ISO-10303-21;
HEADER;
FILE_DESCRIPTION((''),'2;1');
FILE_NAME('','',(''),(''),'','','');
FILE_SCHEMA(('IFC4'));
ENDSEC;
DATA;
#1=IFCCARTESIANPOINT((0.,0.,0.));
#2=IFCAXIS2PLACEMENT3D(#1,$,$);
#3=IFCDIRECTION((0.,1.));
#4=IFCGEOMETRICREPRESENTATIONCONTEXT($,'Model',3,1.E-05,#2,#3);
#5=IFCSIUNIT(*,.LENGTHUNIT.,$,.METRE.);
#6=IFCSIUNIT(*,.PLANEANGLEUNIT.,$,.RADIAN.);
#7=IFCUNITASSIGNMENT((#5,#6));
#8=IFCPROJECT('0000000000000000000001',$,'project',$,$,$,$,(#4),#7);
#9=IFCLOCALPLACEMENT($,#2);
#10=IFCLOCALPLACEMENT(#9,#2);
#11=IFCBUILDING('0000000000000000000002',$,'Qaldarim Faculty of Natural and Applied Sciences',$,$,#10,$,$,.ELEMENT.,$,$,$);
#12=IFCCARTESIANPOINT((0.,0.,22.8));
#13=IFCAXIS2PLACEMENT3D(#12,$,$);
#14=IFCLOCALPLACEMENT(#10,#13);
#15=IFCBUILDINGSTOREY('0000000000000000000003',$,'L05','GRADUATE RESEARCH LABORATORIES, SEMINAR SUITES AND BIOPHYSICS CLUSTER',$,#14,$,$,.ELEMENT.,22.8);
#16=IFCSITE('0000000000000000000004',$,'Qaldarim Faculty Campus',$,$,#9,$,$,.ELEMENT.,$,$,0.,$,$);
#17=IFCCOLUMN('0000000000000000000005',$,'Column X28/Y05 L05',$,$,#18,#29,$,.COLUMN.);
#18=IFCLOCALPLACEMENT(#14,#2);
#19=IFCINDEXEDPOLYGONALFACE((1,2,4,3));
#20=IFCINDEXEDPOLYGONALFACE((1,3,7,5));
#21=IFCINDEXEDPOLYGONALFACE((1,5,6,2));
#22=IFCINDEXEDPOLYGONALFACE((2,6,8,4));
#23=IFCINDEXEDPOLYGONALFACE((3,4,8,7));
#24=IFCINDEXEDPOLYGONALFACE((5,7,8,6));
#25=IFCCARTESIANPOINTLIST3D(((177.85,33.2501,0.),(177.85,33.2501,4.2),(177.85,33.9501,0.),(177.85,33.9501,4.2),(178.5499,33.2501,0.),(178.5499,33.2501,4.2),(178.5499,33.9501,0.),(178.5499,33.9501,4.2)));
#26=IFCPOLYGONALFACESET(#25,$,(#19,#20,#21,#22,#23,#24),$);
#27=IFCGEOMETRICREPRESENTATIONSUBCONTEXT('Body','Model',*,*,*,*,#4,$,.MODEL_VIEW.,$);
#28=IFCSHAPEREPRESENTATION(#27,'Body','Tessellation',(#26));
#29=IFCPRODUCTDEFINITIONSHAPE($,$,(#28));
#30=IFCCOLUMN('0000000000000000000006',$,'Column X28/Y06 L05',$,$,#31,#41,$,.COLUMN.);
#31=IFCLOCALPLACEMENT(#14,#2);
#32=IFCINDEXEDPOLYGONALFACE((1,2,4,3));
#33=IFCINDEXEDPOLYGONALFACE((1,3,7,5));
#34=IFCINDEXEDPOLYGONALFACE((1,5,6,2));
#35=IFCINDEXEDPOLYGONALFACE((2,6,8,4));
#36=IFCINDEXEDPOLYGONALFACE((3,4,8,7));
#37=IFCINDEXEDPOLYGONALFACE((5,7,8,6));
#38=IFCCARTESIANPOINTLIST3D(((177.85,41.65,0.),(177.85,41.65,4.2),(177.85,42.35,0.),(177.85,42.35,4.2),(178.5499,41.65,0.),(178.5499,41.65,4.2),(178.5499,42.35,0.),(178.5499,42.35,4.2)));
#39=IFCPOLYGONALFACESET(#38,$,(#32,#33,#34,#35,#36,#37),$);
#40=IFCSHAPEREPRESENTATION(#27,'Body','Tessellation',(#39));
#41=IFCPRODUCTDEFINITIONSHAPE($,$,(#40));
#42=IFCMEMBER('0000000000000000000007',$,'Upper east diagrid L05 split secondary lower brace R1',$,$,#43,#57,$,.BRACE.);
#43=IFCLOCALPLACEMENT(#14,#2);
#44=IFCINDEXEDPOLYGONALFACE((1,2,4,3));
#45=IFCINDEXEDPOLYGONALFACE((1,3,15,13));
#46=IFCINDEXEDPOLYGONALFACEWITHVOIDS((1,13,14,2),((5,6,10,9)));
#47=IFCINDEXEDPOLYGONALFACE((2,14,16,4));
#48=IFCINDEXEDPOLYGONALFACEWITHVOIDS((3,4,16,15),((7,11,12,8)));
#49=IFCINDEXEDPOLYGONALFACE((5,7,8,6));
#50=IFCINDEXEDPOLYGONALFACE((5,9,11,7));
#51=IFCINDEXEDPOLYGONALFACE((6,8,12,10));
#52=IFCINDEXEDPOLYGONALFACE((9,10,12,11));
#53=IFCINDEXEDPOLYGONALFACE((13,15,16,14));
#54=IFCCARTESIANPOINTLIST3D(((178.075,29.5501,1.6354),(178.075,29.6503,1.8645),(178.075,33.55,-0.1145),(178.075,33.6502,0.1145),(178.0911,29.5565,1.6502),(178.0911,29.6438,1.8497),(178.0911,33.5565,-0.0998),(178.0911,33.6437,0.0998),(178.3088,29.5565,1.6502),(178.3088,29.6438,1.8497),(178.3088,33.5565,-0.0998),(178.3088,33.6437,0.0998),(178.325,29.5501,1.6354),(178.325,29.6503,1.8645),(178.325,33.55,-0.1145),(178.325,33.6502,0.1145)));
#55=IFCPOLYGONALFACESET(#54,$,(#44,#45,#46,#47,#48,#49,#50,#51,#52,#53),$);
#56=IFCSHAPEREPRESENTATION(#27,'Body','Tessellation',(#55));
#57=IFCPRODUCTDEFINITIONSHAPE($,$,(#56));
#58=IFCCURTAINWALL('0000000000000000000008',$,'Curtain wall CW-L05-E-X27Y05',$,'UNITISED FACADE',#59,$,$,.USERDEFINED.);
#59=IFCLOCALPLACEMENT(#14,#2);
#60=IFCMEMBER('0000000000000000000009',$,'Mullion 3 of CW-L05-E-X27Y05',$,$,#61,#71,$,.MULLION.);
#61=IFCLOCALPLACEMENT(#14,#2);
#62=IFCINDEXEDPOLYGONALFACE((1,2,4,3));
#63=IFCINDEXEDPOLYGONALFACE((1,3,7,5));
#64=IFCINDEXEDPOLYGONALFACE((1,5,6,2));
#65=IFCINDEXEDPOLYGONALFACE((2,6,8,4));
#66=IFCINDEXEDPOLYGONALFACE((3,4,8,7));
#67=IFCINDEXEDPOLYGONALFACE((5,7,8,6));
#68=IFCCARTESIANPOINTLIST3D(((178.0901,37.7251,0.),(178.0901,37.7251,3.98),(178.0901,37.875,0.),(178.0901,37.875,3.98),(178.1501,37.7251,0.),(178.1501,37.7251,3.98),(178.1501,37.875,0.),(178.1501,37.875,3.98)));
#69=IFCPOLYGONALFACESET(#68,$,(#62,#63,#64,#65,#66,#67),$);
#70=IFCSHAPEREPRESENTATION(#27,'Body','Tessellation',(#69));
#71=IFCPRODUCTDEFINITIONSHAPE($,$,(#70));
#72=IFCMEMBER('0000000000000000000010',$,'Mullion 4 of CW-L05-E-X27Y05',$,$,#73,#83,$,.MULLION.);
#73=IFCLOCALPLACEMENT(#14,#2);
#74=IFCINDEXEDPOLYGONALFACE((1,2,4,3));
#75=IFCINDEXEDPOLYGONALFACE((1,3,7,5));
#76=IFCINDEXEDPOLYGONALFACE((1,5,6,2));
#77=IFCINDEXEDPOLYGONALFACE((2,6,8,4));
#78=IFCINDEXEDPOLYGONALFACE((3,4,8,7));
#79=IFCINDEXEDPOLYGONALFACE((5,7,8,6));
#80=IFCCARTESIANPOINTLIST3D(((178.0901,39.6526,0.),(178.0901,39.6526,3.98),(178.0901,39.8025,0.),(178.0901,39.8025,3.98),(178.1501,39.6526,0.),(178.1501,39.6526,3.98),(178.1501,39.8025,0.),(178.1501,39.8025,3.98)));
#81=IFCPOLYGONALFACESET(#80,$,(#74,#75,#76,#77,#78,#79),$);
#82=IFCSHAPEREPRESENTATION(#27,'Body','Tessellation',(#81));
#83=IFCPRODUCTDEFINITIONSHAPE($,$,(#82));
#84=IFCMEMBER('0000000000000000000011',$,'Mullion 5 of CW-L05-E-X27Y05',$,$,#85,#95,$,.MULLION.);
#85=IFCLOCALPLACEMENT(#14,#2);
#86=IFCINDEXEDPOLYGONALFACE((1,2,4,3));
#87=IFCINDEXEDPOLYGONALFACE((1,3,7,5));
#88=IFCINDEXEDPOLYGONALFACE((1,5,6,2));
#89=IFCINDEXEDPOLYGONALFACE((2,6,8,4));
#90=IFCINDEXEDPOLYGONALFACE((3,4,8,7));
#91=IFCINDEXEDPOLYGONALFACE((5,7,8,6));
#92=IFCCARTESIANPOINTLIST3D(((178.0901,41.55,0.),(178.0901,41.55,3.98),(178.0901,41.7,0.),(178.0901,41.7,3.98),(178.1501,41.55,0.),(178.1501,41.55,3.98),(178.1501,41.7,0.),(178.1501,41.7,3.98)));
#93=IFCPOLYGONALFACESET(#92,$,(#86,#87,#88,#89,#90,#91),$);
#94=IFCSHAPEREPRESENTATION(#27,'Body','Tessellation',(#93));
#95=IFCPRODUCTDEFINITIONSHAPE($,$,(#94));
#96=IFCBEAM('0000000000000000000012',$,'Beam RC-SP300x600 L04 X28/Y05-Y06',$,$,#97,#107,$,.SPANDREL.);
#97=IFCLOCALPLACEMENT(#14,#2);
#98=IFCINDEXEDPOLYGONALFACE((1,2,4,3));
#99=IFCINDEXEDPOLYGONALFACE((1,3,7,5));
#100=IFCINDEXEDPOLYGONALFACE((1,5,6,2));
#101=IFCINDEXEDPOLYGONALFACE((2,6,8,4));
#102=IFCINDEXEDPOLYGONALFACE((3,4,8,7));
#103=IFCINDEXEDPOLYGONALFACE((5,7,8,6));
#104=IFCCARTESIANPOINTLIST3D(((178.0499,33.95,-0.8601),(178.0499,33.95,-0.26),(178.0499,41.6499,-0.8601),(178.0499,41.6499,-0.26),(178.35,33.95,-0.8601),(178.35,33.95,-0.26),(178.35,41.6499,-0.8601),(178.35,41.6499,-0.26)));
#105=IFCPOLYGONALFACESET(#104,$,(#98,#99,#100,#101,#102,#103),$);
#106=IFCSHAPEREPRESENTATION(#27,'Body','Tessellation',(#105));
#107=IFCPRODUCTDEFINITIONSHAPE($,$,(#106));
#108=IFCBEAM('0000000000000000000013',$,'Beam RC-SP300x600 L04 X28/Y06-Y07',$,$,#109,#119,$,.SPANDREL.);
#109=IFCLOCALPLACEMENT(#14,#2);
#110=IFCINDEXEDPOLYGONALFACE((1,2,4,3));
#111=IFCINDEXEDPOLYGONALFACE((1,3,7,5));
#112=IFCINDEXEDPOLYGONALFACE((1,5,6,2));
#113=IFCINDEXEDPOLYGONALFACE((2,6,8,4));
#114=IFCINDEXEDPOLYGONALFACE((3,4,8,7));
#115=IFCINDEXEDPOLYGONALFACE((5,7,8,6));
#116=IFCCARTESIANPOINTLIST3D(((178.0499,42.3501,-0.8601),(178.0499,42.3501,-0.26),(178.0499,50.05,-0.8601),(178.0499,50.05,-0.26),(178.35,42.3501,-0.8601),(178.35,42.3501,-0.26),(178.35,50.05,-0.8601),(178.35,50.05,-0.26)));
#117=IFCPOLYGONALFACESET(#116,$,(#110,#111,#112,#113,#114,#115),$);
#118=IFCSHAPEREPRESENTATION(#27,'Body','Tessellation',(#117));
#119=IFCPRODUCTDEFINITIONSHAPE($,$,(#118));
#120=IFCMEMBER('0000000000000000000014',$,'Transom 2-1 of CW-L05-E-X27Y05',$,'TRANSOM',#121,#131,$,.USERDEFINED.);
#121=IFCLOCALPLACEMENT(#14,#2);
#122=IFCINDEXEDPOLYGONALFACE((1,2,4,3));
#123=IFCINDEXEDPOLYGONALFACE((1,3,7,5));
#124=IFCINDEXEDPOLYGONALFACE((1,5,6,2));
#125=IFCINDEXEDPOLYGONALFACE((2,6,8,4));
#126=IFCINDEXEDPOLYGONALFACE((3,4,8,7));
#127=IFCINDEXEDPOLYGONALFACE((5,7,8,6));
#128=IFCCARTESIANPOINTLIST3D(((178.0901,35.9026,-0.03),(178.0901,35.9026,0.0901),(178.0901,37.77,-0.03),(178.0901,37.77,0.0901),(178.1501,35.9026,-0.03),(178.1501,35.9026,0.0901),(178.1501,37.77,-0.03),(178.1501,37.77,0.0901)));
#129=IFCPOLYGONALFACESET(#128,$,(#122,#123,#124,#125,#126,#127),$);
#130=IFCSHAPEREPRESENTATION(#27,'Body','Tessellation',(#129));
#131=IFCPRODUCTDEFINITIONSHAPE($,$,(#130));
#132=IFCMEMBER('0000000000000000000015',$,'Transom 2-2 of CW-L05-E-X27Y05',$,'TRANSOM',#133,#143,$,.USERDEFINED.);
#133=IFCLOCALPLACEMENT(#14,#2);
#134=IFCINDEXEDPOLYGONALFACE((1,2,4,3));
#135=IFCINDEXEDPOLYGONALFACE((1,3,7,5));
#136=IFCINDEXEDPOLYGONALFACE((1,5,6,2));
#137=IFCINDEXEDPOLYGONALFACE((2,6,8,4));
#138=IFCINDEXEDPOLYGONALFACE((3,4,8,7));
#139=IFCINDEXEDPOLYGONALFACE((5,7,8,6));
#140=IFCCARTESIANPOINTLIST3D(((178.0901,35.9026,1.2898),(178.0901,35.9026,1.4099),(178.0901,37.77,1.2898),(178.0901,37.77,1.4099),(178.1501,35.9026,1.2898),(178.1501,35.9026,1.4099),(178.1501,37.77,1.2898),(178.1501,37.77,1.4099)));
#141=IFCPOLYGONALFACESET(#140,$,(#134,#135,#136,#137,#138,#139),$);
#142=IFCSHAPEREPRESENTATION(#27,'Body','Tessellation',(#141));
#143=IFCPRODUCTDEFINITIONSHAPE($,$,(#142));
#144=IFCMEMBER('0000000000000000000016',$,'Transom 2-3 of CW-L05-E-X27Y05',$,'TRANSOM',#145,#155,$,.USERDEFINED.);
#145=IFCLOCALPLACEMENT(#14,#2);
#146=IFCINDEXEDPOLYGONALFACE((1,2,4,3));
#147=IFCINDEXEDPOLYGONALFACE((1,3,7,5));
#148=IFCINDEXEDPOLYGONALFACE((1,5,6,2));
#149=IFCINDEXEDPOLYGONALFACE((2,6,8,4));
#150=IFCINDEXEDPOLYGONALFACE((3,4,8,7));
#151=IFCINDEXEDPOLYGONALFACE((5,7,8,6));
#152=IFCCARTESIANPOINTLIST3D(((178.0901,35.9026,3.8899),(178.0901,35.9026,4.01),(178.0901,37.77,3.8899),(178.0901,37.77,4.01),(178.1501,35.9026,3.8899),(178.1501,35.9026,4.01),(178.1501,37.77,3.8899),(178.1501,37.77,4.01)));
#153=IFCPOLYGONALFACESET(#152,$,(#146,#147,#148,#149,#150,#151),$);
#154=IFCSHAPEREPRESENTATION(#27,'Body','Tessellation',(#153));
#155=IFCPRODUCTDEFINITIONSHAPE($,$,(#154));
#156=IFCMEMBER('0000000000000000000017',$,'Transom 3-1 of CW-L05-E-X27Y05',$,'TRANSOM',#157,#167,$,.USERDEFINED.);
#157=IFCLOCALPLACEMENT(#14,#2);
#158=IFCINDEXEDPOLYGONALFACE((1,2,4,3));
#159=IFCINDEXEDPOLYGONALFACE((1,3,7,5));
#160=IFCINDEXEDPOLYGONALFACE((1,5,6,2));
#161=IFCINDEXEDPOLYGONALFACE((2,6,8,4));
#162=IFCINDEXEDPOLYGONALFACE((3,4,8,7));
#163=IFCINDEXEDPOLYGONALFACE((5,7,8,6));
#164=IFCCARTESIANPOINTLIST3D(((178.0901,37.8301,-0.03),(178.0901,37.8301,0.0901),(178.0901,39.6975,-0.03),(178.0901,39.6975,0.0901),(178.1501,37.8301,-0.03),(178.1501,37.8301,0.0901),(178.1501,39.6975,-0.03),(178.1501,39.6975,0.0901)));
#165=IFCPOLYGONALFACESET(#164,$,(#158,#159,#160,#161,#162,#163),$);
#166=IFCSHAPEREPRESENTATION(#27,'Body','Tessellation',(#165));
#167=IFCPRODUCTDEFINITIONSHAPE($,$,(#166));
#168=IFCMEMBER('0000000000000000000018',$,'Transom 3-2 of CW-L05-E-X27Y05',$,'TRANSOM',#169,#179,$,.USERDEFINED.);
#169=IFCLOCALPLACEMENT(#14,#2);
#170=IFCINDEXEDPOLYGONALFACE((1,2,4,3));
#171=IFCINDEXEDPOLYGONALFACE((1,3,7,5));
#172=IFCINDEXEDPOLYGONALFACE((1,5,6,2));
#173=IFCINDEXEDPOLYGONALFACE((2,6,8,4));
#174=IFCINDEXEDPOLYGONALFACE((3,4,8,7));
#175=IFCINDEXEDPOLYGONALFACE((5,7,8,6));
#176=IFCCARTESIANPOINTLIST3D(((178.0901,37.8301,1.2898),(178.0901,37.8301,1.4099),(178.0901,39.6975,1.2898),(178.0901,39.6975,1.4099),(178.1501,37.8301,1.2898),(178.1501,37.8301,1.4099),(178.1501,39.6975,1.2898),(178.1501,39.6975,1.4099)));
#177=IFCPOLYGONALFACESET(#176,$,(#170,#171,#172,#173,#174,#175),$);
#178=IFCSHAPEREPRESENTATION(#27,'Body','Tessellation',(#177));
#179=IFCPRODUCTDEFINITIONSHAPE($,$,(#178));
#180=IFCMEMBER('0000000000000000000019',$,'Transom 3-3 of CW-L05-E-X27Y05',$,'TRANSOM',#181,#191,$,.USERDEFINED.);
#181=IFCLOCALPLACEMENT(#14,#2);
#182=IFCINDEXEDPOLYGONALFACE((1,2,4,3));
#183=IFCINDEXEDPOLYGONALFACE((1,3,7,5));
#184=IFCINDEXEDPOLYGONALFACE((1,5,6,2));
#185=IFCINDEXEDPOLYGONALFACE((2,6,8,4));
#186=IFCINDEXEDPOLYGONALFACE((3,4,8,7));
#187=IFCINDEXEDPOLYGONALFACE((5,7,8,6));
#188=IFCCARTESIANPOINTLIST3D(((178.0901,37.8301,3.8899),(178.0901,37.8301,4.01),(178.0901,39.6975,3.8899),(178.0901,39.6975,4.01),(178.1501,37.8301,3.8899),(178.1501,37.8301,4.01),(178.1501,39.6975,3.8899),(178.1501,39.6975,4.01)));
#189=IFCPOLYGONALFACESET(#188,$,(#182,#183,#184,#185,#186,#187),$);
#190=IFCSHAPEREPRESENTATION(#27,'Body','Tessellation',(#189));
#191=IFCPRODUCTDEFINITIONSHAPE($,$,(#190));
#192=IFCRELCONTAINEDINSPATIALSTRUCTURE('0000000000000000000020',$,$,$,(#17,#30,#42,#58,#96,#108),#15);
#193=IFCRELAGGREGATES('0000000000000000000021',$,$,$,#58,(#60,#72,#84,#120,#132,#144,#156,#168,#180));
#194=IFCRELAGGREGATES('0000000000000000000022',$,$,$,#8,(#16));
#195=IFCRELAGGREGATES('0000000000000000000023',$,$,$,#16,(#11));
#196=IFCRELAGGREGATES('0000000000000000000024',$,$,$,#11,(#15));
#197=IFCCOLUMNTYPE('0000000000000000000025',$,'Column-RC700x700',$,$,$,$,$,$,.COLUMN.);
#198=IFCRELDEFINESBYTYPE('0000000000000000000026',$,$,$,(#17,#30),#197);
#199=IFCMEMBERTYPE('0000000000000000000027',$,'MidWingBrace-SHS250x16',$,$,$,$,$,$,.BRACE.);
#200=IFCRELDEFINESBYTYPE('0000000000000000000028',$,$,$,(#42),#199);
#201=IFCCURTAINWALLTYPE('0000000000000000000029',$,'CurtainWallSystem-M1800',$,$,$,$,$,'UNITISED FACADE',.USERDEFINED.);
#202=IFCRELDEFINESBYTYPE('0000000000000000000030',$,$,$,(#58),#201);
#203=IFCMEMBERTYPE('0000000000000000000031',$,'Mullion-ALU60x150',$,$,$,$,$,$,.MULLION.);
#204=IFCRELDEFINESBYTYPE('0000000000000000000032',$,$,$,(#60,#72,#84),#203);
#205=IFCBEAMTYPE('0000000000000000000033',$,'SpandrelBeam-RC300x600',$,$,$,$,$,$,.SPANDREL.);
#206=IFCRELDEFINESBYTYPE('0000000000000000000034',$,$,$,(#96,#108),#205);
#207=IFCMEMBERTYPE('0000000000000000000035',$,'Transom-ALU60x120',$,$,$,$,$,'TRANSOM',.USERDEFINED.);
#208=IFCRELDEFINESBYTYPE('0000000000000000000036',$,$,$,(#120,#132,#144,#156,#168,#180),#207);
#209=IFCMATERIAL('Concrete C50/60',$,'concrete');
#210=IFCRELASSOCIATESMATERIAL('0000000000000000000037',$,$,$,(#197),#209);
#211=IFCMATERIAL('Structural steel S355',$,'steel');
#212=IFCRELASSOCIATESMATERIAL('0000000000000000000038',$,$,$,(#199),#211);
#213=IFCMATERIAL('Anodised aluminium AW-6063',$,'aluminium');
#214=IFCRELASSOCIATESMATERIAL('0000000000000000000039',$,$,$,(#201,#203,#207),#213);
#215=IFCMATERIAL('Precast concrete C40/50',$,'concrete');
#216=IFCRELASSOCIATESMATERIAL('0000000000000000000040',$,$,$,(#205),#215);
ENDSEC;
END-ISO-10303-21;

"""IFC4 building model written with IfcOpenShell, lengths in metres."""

from ifc_helpers import new_model, si_unit, direction, frame, origin, origin_2d, place, context, subcontext, project, spatial, rectangle, hollow_rectangle, extrude, material, material_profile, profile_set, type_object, element, aggregate, save


model = new_model("IFC4")

# Units and contexts
model_context = context("Model", 3, precision=1e-05, world=origin(), true_north=direction((0.0, 1.0)))
body_context = subcontext(model_context, "Body", "Model", "MODEL_VIEW")
ifc_project = project(units=[si_unit("LENGTHUNIT", "METRE"), si_unit("PLANEANGLEUNIT", "RADIAN")], contexts=[model_context])

# Site, building, storey
site_placement = place(None, origin())
site = spatial("IfcSite", under=ifc_project, at=site_placement, Name="Qaldarim Faculty Campus", CompositionType="ELEMENT", RefElevation=0.0)
building_placement = place(site_placement, origin())
building = spatial("IfcBuilding", under=site, at=building_placement, Name="Qaldarim Faculty of Natural and Applied Sciences", CompositionType="ELEMENT")
storey_placement = place(building_placement, frame((0.0, 0.0, 22.8)))
storey = spatial("IfcBuildingStorey", under=building, at=storey_placement, Name="L05", Description="GRADUATE RESEARCH LABORATORIES, SEMINAR SUITES AND BIOPHYSICS CLUSTER", CompositionType="ELEMENT", Elevation=22.8)

# Columns
ifc_material_1 = material(Name="Concrete C50/60", Category="concrete")
ifc_material_profile_1 = material_profile(ifc_material_1, rectangle(XDim=0.7, YDim=0.7, at=origin_2d()), Name="RC-C700x700")
ifc_profile_set_1 = profile_set([ifc_material_profile_1], Name="Concrete C50/60")
column_type = type_object("IfcColumnType", Name="Column-RC700x700", PredefinedType="COLUMN", material=ifc_profile_set_1)
for number, where, z_axis, x_axis, name in (
    (1, (178.2, 33.6001, 0.0), (0.0, 0.0, 1.0), (1.0, 0.0, 0.0), "Column X28/Y05 L05"),
    (2, (178.2, 42.0, 0.0), (0.0, 0.0, 1.0), (1.0, 0.0, 0.0), "Column X28/Y06 L05"),
):
    element("IfcColumn", number, at=place(storey_placement, frame(where, z_axis=z_axis, x_axis=x_axis)), inside=storey, type_object=column_type, Name=name, PredefinedType="COLUMN", context=body_context, shape_type="SweptSolid", body=[
        extrude(rectangle(XDim=0.7, YDim=0.7, at=origin_2d()), origin(), (0.0, 0.0, 1.0), 4.2),
    ])

# Member
ifc_material_2 = material(Name="Structural steel S355", Category="steel")
ifc_material_profile_2 = material_profile(ifc_material_2, hollow_rectangle(XDim=0.25, YDim=0.25, WallThickness=0.0161, at=origin_2d()), Name="SHS 250x250x16.0")
ifc_profile_set_2 = profile_set([ifc_material_profile_2], Name="Structural steel S355")
member_type_1 = type_object("IfcMemberType", Name="MidWingBrace-SHS250x16", PredefinedType="BRACE", material=ifc_profile_set_2)
member_1_placement = place(storey_placement, frame((178.2, 33.6001, 0.0), z_axis=(0.0, -0.916157, 0.400819), x_axis=(1.0, 0.0, 0.0)))
element("IfcMember", 3, at=member_1_placement, inside=storey, type_object=member_type_1, Name="Upper east diagrid L05 split secondary lower brace R1", PredefinedType="BRACE", context=body_context, shape_type="SweptSolid", body=[
    extrude(hollow_rectangle(XDim=0.25, YDim=0.25, WallThickness=0.0161, at=origin_2d()), origin(), (0.0, 0.0, 1.0), 4.366),
])

# Curtain wall, members
ifc_material_3 = material(Name="Anodised aluminium AW-6063", Category="aluminium")
curtain_wall_type = type_object("IfcCurtainWallType", Name="CurtainWallSystem-M1800", ElementType="UNITISED FACADE", PredefinedType="USERDEFINED", material=ifc_material_3)
curtain_wall_placement = place(storey_placement, origin())
curtain_wall = element("IfcCurtainWall", 4, at=curtain_wall_placement, inside=storey, type_object=curtain_wall_type, Name="Curtain wall CW-L05-E-X27Y05", ObjectType="UNITISED FACADE", PredefinedType="USERDEFINED")
ifc_material_profile_3 = material_profile(ifc_material_3, rectangle(XDim=0.0601, YDim=0.1499, at=origin_2d()), Name="ALU-M60x150")
ifc_profile_set_3 = profile_set([ifc_material_profile_3], Name="Anodised aluminium AW-6063")
member_type_2 = type_object("IfcMemberType", Name="Mullion-ALU60x150", PredefinedType="MULLION", material=ifc_profile_set_3)
member_2_placement = place(storey_placement, frame((178.1201, 37.8, 0.0), z_axis=(0.0, 0.0, 1.0), x_axis=(-1.0, 0.0, 0.0)))
member_2 = element("IfcMember", 5, at=member_2_placement, type_object=member_type_2, Name="Mullion 3 of CW-L05-E-X27Y05", PredefinedType="MULLION", context=body_context, shape_type="SweptSolid", body=[
    extrude(rectangle(XDim=0.0601, YDim=0.1499, at=origin_2d()), origin(), (0.0, 0.0, 1.0), 3.98),
])
member_3_placement = place(storey_placement, frame((178.1201, 39.7275, 0.0), z_axis=(0.0, 0.0, 1.0), x_axis=(-1.0, 0.0, 0.0)))
member_3 = element("IfcMember", 6, at=member_3_placement, type_object=member_type_2, Name="Mullion 4 of CW-L05-E-X27Y05", PredefinedType="MULLION", context=body_context, shape_type="SweptSolid", body=[
    extrude(rectangle(XDim=0.0601, YDim=0.1499, at=origin_2d()), origin(), (0.0, 0.0, 1.0), 3.98),
])
member_4_placement = place(storey_placement, frame((178.1201, 41.625, 0.0), z_axis=(0.0, 0.0, 1.0), x_axis=(-1.0, 0.0, 0.0)))
member_4 = element("IfcMember", 7, at=member_4_placement, type_object=member_type_2, Name="Mullion 5 of CW-L05-E-X27Y05", PredefinedType="MULLION", context=body_context, shape_type="SweptSolid", body=[
    extrude(rectangle(XDim=0.0601, YDim=0.1499, at=origin_2d()), origin(), (0.0, 0.0, 1.0), 3.98),
])

# Beams
ifc_material_4 = material(Name="Precast concrete C40/50", Category="concrete")
ifc_material_profile_4 = material_profile(ifc_material_4, rectangle(XDim=0.3, YDim=0.6001, at=origin_2d()), Name="RC-SP300x600")
ifc_profile_set_4 = profile_set([ifc_material_profile_4], Name="Precast concrete C40/50")
beam_type = type_object("IfcBeamType", Name="SpandrelBeam-RC300x600", PredefinedType="SPANDREL", material=ifc_profile_set_4)
for number, where, z_axis, x_axis, name in (
    (8, (178.2, 33.95, -0.5601), (0.0, 1.0, 0.0), (-1.0, 0.0, 0.0), "Beam RC-SP300x600 L04 X28/Y05-Y06"),
    (9, (178.2, 42.3501, -0.5601), (0.0, 1.0, 0.0), (-1.0, 0.0, 0.0), "Beam RC-SP300x600 L04 X28/Y06-Y07"),
):
    element("IfcBeam", number, at=place(storey_placement, frame(where, z_axis=z_axis, x_axis=x_axis)), inside=storey, type_object=beam_type, Name=name, PredefinedType="SPANDREL", context=body_context, shape_type="SweptSolid", body=[
        extrude(rectangle(XDim=0.3, YDim=0.6001, at=origin_2d()), origin(), (0.0, 0.0, 1.0), 7.7),
    ])

# Members
ifc_material_profile_5 = material_profile(ifc_material_3, rectangle(XDim=0.0601, YDim=0.1201, at=origin_2d()), Name="ALU-T60x120")
ifc_profile_set_5 = profile_set([ifc_material_profile_5], Name="Anodised aluminium AW-6063")
member_type_3 = type_object("IfcMemberType", Name="Transom-ALU60x120", ElementType="TRANSOM", PredefinedType="USERDEFINED", material=ifc_profile_set_5)
member_5_placement = place(storey_placement, frame((178.1201, 35.9026, 0.03), z_axis=(0.0, 1.0, 0.0), x_axis=(-1.0, 0.0, 0.0)))
member_5 = element("IfcMember", 10, at=member_5_placement, type_object=member_type_3, Name="Transom 2-1 of CW-L05-E-X27Y05", ObjectType="TRANSOM", PredefinedType="USERDEFINED", context=body_context, shape_type="SweptSolid", body=[
    extrude(rectangle(XDim=0.0601, YDim=0.1201, at=origin_2d()), origin(), (0.0, 0.0, 1.0), 1.8674),
])
member_6_placement = place(storey_placement, frame((178.1201, 35.9026, 1.3499), z_axis=(0.0, 1.0, 0.0), x_axis=(-1.0, 0.0, 0.0)))
member_6 = element("IfcMember", 11, at=member_6_placement, type_object=member_type_3, Name="Transom 2-2 of CW-L05-E-X27Y05", ObjectType="TRANSOM", PredefinedType="USERDEFINED", context=body_context, shape_type="SweptSolid", body=[
    extrude(rectangle(XDim=0.0601, YDim=0.1201, at=origin_2d()), origin(), (0.0, 0.0, 1.0), 1.8674),
])
member_7_placement = place(storey_placement, frame((178.1201, 35.9026, 3.95), z_axis=(0.0, 1.0, 0.0), x_axis=(-1.0, 0.0, 0.0)))
member_7 = element("IfcMember", 12, at=member_7_placement, type_object=member_type_3, Name="Transom 2-3 of CW-L05-E-X27Y05", ObjectType="TRANSOM", PredefinedType="USERDEFINED", context=body_context, shape_type="SweptSolid", body=[
    extrude(rectangle(XDim=0.0601, YDim=0.1201, at=origin_2d()), origin(), (0.0, 0.0, 1.0), 1.8674),
])
member_8_placement = place(storey_placement, frame((178.1201, 37.8301, 0.03), z_axis=(0.0, 1.0, 0.0), x_axis=(-1.0, 0.0, 0.0)))
member_8 = element("IfcMember", 13, at=member_8_placement, type_object=member_type_3, Name="Transom 3-1 of CW-L05-E-X27Y05", ObjectType="TRANSOM", PredefinedType="USERDEFINED", context=body_context, shape_type="SweptSolid", body=[
    extrude(rectangle(XDim=0.0601, YDim=0.1201, at=origin_2d()), origin(), (0.0, 0.0, 1.0), 1.8674),
])
member_9_placement = place(storey_placement, frame((178.1201, 37.8301, 1.3499), z_axis=(0.0, 1.0, 0.0), x_axis=(-1.0, 0.0, 0.0)))
member_9 = element("IfcMember", 14, at=member_9_placement, type_object=member_type_3, Name="Transom 3-2 of CW-L05-E-X27Y05", ObjectType="TRANSOM", PredefinedType="USERDEFINED", context=body_context, shape_type="SweptSolid", body=[
    extrude(rectangle(XDim=0.0601, YDim=0.1201, at=origin_2d()), origin(), (0.0, 0.0, 1.0), 1.8674),
])
member_10_placement = place(storey_placement, frame((178.1201, 37.8301, 3.95), z_axis=(0.0, 1.0, 0.0), x_axis=(-1.0, 0.0, 0.0)))
member_10 = element("IfcMember", 15, at=member_10_placement, type_object=member_type_3, Name="Transom 3-3 of CW-L05-E-X27Y05", ObjectType="TRANSOM", PredefinedType="USERDEFINED", context=body_context, shape_type="SweptSolid", body=[
    extrude(rectangle(XDim=0.0601, YDim=0.1201, at=origin_2d()), origin(), (0.0, 0.0, 1.0), 1.8674),
])

aggregate(curtain_wall, [member_2, member_3, member_4, member_5, member_6, member_7, member_8, member_9, member_10])

save(model, "model.ifc")
